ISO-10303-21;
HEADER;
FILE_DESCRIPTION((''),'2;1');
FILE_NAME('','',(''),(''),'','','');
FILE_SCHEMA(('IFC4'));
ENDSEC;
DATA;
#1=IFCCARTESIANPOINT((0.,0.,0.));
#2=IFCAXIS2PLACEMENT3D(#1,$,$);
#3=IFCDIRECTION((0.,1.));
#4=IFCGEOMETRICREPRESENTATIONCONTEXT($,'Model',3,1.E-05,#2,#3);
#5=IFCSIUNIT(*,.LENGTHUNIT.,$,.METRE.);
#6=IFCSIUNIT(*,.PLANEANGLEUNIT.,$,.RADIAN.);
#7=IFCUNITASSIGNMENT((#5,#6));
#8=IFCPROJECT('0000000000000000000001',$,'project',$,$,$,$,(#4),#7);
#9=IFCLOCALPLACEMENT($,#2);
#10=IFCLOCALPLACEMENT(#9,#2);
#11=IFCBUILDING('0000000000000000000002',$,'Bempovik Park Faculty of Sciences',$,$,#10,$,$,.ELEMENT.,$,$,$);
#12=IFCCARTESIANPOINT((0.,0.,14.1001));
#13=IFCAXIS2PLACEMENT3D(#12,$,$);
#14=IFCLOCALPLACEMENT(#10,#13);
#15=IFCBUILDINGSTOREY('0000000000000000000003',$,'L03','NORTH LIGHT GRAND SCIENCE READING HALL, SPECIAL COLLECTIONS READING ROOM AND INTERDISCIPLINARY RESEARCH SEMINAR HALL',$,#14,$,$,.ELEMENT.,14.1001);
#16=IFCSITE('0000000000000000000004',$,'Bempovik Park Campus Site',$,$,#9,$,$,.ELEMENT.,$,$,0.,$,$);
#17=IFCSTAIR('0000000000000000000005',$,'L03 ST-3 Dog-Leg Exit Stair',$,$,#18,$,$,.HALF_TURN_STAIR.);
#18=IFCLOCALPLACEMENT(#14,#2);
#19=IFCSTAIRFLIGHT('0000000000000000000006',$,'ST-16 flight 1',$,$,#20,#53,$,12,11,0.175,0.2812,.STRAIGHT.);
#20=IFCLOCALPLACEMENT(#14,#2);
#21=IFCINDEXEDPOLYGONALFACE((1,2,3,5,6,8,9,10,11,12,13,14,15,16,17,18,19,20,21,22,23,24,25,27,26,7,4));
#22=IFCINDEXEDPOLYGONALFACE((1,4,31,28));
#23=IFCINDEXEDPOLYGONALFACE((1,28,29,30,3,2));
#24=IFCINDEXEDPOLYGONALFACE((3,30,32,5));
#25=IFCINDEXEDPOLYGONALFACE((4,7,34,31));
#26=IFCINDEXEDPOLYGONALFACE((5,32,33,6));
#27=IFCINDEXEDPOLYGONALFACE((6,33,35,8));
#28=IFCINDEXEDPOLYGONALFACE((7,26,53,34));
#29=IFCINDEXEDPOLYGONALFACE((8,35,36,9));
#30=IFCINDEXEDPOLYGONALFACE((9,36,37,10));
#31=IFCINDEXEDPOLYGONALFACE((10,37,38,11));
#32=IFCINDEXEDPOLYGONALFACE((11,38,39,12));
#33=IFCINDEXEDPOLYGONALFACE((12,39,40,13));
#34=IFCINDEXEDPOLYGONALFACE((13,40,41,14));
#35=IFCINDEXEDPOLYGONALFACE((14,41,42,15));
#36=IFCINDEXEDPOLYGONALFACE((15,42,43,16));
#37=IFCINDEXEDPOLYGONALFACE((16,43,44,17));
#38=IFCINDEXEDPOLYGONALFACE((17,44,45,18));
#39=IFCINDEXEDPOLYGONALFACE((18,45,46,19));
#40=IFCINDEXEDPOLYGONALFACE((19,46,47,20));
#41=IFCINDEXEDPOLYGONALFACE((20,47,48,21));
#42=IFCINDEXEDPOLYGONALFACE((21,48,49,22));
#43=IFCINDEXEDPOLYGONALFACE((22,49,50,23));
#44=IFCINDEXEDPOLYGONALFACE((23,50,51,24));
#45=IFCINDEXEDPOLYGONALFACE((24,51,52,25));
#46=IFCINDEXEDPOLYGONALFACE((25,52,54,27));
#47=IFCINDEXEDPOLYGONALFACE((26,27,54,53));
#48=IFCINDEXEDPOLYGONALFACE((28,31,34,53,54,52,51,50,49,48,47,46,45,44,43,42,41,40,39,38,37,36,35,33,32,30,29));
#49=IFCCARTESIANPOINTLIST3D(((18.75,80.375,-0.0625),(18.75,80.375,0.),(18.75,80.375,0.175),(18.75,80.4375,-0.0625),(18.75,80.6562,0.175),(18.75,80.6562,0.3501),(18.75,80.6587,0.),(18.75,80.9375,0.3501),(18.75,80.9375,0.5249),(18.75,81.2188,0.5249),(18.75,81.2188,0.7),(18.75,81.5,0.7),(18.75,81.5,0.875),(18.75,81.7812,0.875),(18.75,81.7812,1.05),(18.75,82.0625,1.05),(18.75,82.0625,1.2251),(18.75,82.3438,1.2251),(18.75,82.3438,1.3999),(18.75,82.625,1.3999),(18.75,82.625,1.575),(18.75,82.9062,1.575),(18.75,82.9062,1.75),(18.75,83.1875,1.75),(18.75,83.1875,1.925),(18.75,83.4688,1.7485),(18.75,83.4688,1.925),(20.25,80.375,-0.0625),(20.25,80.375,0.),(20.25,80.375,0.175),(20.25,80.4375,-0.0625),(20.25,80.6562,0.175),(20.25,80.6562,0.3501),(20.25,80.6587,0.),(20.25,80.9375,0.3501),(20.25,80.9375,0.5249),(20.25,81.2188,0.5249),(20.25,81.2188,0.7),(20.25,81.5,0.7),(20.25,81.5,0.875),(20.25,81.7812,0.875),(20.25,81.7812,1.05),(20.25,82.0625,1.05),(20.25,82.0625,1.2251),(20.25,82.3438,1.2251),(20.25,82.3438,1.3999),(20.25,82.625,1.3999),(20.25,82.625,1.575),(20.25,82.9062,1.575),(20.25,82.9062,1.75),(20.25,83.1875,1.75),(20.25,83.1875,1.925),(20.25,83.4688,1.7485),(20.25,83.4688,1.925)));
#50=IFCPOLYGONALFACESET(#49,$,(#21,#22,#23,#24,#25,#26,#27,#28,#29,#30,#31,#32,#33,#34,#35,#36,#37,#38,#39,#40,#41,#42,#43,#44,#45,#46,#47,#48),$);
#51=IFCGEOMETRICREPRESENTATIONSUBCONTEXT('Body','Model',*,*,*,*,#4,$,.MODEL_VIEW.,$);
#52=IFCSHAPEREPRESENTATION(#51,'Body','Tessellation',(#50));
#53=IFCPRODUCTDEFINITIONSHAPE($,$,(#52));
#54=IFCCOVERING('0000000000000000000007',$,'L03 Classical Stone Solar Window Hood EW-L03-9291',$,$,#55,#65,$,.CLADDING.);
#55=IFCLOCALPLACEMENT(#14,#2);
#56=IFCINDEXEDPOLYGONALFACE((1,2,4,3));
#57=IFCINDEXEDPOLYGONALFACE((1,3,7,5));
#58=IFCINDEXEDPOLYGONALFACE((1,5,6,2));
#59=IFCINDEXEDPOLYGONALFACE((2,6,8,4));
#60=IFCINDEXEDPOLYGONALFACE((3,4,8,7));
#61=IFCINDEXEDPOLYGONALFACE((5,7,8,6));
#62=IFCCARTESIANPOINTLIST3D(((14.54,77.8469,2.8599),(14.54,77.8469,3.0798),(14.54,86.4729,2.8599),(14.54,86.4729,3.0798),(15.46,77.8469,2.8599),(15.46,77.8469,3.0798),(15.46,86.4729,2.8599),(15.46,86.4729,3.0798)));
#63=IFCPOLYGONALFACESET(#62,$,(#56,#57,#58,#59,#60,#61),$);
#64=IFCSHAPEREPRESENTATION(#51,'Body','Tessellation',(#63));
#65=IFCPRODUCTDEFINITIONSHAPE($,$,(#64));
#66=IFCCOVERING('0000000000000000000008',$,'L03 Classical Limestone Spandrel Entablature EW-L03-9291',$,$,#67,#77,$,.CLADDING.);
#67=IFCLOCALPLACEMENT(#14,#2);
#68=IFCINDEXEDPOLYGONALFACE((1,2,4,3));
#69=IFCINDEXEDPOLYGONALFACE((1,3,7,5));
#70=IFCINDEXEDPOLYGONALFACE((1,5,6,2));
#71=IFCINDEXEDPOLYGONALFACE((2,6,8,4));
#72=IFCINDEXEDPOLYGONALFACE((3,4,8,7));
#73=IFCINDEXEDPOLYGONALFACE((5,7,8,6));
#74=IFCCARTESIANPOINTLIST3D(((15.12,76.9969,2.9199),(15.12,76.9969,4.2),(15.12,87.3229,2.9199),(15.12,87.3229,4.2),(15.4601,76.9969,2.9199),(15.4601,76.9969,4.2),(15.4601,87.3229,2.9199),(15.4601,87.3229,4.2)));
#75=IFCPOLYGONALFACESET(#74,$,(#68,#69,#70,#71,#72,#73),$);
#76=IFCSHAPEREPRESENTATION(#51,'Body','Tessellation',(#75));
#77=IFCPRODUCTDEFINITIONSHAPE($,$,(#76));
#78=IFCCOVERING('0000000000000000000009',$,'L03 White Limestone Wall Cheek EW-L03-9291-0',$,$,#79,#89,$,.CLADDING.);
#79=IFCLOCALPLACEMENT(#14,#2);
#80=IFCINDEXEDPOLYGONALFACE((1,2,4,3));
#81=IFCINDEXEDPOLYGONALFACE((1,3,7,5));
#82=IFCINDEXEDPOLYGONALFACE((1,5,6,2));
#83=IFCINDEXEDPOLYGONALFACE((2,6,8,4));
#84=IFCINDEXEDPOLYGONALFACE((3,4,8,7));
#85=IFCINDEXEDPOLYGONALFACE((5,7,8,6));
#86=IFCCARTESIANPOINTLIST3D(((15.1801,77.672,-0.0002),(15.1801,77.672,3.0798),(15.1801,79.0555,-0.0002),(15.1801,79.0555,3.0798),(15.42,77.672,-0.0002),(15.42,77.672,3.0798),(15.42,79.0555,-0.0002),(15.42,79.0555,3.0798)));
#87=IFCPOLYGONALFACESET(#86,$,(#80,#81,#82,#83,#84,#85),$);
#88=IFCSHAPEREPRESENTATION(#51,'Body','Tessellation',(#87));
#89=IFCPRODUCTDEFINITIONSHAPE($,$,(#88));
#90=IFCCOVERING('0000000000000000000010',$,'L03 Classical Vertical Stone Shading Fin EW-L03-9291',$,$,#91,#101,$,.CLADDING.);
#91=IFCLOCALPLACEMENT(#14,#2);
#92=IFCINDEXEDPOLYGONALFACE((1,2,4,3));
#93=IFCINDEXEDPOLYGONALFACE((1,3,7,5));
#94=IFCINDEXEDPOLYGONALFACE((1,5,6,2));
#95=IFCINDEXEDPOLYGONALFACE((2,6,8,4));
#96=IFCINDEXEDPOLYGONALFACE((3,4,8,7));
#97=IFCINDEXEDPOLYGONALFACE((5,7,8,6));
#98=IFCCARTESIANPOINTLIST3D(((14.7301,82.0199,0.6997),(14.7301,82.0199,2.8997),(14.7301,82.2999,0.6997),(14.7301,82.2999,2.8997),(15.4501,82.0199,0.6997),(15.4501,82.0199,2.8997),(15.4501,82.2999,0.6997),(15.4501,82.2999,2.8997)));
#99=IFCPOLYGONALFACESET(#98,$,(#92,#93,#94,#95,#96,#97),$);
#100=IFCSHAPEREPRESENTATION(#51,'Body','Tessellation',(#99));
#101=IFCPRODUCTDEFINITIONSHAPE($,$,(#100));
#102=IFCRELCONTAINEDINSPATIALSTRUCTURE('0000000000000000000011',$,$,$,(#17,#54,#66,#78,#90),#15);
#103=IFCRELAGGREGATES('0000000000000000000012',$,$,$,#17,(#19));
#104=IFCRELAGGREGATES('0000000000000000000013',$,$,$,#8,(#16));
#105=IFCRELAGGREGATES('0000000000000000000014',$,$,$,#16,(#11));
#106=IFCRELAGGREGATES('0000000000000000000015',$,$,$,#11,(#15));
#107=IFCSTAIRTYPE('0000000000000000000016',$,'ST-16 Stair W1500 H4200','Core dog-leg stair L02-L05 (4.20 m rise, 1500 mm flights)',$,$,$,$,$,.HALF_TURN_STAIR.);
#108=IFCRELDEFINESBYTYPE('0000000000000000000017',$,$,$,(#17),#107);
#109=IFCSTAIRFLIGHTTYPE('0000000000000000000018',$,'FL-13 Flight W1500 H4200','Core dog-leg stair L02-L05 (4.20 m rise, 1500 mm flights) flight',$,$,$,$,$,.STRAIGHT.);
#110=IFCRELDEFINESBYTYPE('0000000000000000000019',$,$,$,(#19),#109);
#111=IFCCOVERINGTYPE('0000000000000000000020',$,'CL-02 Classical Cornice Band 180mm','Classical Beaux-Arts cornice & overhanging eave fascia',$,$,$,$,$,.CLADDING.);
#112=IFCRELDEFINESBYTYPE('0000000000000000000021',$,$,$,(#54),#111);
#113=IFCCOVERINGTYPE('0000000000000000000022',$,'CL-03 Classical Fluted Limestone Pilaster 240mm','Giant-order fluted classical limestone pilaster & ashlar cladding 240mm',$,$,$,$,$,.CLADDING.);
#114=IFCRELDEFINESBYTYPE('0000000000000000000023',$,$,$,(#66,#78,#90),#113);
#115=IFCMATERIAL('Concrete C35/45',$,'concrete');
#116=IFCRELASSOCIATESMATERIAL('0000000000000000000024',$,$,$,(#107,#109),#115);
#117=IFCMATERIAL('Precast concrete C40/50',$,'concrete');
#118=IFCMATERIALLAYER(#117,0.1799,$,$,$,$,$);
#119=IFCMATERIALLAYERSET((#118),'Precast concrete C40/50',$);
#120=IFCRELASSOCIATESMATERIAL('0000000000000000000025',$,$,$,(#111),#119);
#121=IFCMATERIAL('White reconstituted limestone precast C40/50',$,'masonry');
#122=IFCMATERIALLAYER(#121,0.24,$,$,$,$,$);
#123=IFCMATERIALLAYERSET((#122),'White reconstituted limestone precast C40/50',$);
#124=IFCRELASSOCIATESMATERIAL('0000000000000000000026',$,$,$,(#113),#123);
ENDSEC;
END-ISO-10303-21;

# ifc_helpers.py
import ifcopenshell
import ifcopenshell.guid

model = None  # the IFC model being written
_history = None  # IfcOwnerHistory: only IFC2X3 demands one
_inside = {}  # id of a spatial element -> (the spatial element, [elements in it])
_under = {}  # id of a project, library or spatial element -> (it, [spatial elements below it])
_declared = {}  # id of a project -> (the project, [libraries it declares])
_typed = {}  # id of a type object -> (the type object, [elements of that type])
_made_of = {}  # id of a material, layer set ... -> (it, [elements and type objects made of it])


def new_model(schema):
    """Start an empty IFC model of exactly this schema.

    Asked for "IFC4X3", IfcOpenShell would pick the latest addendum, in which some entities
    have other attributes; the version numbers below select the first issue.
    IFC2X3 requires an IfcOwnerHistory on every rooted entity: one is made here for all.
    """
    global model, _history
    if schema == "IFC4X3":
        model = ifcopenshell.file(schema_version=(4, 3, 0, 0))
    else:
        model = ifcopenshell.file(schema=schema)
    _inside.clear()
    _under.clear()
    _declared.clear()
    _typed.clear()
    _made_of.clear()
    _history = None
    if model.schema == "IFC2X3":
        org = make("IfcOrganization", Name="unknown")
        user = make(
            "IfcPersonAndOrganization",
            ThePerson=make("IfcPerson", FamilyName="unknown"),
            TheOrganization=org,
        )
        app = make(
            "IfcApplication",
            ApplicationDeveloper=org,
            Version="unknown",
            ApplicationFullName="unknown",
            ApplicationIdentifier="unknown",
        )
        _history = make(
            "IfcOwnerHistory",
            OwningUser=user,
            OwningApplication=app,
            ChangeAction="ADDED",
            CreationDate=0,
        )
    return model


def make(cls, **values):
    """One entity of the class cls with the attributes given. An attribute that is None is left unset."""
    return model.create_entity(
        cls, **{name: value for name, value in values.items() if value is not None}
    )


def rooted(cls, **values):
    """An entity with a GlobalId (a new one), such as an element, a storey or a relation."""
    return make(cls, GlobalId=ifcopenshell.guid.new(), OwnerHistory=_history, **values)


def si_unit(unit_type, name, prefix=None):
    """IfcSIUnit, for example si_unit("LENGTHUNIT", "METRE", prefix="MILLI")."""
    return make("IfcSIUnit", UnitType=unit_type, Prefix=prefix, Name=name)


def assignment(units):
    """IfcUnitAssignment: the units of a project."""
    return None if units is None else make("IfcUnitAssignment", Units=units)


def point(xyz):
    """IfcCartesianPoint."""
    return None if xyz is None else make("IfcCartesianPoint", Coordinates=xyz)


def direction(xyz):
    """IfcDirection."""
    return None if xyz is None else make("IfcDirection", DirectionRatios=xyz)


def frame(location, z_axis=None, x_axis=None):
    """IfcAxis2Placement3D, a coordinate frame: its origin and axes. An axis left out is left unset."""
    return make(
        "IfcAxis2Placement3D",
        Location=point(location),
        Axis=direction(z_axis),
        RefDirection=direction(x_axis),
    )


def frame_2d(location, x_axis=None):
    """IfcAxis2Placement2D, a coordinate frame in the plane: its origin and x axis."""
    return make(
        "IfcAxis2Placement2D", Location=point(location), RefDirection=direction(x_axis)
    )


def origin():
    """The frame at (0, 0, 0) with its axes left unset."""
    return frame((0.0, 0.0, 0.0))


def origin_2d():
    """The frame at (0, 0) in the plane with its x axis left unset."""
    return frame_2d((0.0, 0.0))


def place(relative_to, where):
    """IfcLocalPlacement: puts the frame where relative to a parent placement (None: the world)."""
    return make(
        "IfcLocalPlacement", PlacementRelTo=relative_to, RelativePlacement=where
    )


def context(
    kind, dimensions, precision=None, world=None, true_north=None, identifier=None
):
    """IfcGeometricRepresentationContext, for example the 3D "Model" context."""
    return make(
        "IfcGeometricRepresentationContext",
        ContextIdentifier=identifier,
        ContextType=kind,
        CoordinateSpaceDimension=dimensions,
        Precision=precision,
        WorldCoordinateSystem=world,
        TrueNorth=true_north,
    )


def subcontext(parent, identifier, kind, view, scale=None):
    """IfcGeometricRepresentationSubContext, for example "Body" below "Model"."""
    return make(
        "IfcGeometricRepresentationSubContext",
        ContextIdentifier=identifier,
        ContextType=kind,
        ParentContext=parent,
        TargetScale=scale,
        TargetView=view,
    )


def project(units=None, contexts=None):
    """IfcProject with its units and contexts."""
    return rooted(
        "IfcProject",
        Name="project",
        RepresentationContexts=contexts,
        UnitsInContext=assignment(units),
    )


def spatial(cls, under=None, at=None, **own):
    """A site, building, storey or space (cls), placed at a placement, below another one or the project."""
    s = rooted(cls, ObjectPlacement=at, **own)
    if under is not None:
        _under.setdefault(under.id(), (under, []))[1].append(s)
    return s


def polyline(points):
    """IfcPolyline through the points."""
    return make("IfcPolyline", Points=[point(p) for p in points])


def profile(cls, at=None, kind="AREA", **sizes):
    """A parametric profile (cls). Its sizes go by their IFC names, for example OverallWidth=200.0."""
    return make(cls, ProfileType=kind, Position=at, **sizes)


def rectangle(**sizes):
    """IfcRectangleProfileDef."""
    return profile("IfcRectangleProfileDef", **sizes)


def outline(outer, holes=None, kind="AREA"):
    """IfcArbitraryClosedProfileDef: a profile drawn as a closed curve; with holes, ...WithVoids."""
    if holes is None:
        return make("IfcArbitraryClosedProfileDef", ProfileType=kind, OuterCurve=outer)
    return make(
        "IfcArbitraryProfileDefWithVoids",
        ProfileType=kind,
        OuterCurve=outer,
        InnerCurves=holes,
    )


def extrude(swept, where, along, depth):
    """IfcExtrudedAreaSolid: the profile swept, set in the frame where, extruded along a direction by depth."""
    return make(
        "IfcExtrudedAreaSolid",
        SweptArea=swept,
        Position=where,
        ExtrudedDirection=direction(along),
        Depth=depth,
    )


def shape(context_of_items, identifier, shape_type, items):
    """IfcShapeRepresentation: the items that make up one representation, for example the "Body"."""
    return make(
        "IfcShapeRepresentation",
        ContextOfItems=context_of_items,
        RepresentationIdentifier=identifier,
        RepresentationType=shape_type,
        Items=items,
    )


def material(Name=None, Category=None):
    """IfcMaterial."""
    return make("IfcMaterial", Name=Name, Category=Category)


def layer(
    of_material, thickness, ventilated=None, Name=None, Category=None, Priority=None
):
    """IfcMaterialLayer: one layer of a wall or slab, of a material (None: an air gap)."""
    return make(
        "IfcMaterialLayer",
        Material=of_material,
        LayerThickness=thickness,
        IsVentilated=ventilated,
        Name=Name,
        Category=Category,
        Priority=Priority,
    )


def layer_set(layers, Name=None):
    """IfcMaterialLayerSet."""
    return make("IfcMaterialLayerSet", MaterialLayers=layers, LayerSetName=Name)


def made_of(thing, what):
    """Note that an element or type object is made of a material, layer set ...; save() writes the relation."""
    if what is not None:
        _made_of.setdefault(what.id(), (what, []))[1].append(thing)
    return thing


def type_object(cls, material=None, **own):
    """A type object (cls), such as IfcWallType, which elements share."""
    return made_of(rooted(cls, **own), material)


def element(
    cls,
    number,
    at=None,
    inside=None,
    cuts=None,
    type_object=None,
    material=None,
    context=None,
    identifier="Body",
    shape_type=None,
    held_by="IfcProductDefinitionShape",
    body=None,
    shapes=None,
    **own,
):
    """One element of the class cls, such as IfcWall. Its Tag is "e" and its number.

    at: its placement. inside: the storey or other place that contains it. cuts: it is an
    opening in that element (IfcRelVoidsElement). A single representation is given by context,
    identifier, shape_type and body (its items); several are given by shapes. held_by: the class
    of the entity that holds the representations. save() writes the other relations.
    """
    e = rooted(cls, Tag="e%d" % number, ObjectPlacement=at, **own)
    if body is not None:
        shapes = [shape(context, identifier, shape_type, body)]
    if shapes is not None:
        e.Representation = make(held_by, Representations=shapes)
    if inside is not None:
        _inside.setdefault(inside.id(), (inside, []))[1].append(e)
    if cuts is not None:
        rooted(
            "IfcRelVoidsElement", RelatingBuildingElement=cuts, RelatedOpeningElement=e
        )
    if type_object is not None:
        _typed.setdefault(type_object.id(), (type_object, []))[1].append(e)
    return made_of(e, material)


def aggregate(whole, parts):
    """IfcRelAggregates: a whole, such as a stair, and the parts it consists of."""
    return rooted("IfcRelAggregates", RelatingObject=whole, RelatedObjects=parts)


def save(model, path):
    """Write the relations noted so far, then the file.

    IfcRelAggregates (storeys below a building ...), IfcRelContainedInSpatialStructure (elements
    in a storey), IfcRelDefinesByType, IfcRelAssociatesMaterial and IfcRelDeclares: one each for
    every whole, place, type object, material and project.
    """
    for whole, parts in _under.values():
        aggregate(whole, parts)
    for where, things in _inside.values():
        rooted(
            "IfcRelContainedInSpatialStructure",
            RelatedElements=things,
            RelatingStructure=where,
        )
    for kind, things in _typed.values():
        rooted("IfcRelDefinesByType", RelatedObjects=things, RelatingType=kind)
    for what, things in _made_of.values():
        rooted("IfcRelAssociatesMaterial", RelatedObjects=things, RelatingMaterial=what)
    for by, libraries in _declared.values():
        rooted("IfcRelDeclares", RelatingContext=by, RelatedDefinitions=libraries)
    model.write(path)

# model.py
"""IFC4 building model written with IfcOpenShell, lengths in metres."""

from ifc_helpers import new_model, si_unit, direction, frame, origin, origin_2d, place, context, subcontext, project, spatial, polyline, rectangle, outline, extrude, material, layer, layer_set, type_object, element, aggregate, save


model = new_model("IFC4")

# Units and contexts
model_context = context("Model", 3, precision=1e-05, world=origin(), true_north=direction((0.0, 1.0)))
body_context = subcontext(model_context, "Body", "Model", "MODEL_VIEW")
ifc_project = project(units=[si_unit("LENGTHUNIT", "METRE"), si_unit("PLANEANGLEUNIT", "RADIAN")], contexts=[model_context])

# Site, building, storey
site_placement = place(None, origin())
site = spatial("IfcSite", under=ifc_project, at=site_placement, Name="Bempovik Park Campus Site", CompositionType="ELEMENT", RefElevation=0.0)
building_placement = place(site_placement, origin())
building = spatial("IfcBuilding", under=site, at=building_placement, Name="Bempovik Park Faculty of Sciences", CompositionType="ELEMENT")
storey_placement = place(building_placement, frame((0.0, 0.0, 14.1001)))
storey = spatial("IfcBuildingStorey", under=building, at=storey_placement, Name="L03", Description="NORTH LIGHT GRAND SCIENCE READING HALL, SPECIAL COLLECTIONS READING ROOM AND INTERDISCIPLINARY RESEARCH SEMINAR HALL", CompositionType="ELEMENT", Elevation=14.1001)

# Shared definitions
ifc_material_1 = material(Name="Concrete C35/45", Category="concrete")

# Shared definitions
ifc_material_2 = material(Name="Precast concrete C40/50", Category="concrete")

# Stair, stair flight
stair_type = type_object("IfcStairType", Name="ST-16 Stair W1500 H4200", Description="Core dog-leg stair L02-L05 (4.20 m rise, 1500 mm flights)", PredefinedType="HALF_TURN_STAIR", material=ifc_material_1)
stair_placement = place(storey_placement, origin())
stair = element("IfcStair", 1, at=stair_placement, inside=storey, type_object=stair_type, Name="L03 ST-3 Dog-Leg Exit Stair", PredefinedType="HALF_TURN_STAIR")
stair_flight_type = type_object("IfcStairFlightType", Name="FL-13 Flight W1500 H4200", Description="Core dog-leg stair L02-L05 (4.20 m rise, 1500 mm flights) flight", PredefinedType="STRAIGHT", material=ifc_material_1)
stair_flight_placement = place(storey_placement, frame((19.5, 80.375, 0.0), z_axis=(0.0, 0.0, 1.0), x_axis=(0.0, 1.0, 0.0)))
stair_flight = element("IfcStairFlight", 2, at=stair_flight_placement, type_object=stair_flight_type, Name="ST-16 flight 1", NumberOfRisers=12, NumberOfTreads=11, PredefinedType="STRAIGHT", RiserHeight=0.175, TreadLength=0.2812, context=body_context, shape_type="SweptSolid", body=[
    extrude(outline(polyline([(0.0, 0.0), (0.0, 0.175), (0.2812, 0.175), (0.2812, 0.3501), (0.5625, 0.3501), (0.5625, 0.5249), (0.8438, 0.5249), (0.8438, 0.7), (1.125, 0.7), (1.125, 0.875), (1.4062, 0.875), (1.4062, 1.05), (1.6875, 1.05), (1.6875, 1.2251), (1.9688, 1.2251), (1.9688, 1.3999), (2.25, 1.3999), (2.25, 1.575), (2.5312, 1.575), (2.5312, 1.75), (2.8125, 1.75), (2.8125, 1.925), (3.0938, 1.925), (3.0938, 2.1001), (3.0938, 1.7485), (0.2837, 0.0), (0.0625, -0.0625), (0.0, -0.0625), (0.0, 0.0)])), frame((0.0, 0.75, 0.0), z_axis=(0.0, -1.0, 0.0), x_axis=(1.0, 0.0, 0.0)), (0.0, 0.0, 1.0), 1.5),
])
aggregate(stair, [stair_flight])

# Coverings
ifc_layer_1 = layer(ifc_material_2, 0.1799)
ifc_layer_set_1 = layer_set([ifc_layer_1], Name="Precast concrete C40/50")
covering_type_1 = type_object("IfcCoveringType", Name="CL-02 Classical Cornice Band 180mm", Description="Classical Beaux-Arts cornice & overhanging eave fascia", PredefinedType="CLADDING", material=ifc_layer_set_1)
covering_1_placement = place(storey_placement, frame((15.0, 82.1599, 2.8599), z_axis=(0.0, 0.0, 1.0), x_axis=(1.0, 0.0, 0.0)))
element("IfcCovering", 3, at=covering_1_placement, inside=storey, type_object=covering_type_1, Name="L03 Classical Stone Solar Window Hood EW-L03-9291", PredefinedType="CLADDING", context=body_context, shape_type="SweptSolid", body=[
    extrude(rectangle(XDim=0.9199, YDim=8.626, at=origin_2d()), origin(), (0.0, 0.0, 1.0), 0.22),
])
ifc_material_3 = material(Name="White reconstituted limestone precast C40/50", Category="masonry")
ifc_layer_2 = layer(ifc_material_3, 0.24)
ifc_layer_set_2 = layer_set([ifc_layer_2], Name="White reconstituted limestone precast C40/50")
covering_type_2 = type_object("IfcCoveringType", Name="CL-03 Classical Fluted Limestone Pilaster 240mm", Description="Giant-order fluted classical limestone pilaster & ashlar cladding 240mm", PredefinedType="CLADDING", material=ifc_layer_set_2)
covering_2_placement = place(storey_placement, frame((15.29, 82.1599, 2.9199), z_axis=(0.0, 0.0, 1.0), x_axis=(1.0, 0.0, 0.0)))
element("IfcCovering", 4, at=covering_2_placement, inside=storey, type_object=covering_type_2, Name="L03 Classical Limestone Spandrel Entablature EW-L03-9291", PredefinedType="CLADDING", context=body_context, shape_type="SweptSolid", body=[
    extrude(rectangle(XDim=0.3401, YDim=10.3259, at=origin_2d()), origin(), (0.0, 0.0, 1.0), 1.28),
])
covering_3_placement = place(storey_placement, frame((15.3, 78.3638, -0.0002), z_axis=(0.0, 0.0, 1.0), x_axis=(1.0, 0.0, 0.0)))
element("IfcCovering", 5, at=covering_3_placement, inside=storey, type_object=covering_type_2, Name="L03 White Limestone Wall Cheek EW-L03-9291-0", PredefinedType="CLADDING", context=body_context, shape_type="SweptSolid", body=[
    extrude(rectangle(XDim=0.24, YDim=1.3835, at=origin_2d()), origin(), (0.0, 0.0, 1.0), 3.0801),
])
covering_4_placement = place(storey_placement, frame((15.0901, 82.1599, 0.6997), z_axis=(0.0, 0.0, 1.0), x_axis=(1.0, 0.0, 0.0)))
element("IfcCovering", 6, at=covering_4_placement, inside=storey, type_object=covering_type_2, Name="L03 Classical Vertical Stone Shading Fin EW-L03-9291", PredefinedType="CLADDING", context=body_context, shape_type="SweptSolid", body=[
    extrude(rectangle(XDim=0.72, YDim=0.28, at=origin_2d()), origin(), (0.0, 0.0, 1.0), 2.2),
])

save(model, "model.ifc")
